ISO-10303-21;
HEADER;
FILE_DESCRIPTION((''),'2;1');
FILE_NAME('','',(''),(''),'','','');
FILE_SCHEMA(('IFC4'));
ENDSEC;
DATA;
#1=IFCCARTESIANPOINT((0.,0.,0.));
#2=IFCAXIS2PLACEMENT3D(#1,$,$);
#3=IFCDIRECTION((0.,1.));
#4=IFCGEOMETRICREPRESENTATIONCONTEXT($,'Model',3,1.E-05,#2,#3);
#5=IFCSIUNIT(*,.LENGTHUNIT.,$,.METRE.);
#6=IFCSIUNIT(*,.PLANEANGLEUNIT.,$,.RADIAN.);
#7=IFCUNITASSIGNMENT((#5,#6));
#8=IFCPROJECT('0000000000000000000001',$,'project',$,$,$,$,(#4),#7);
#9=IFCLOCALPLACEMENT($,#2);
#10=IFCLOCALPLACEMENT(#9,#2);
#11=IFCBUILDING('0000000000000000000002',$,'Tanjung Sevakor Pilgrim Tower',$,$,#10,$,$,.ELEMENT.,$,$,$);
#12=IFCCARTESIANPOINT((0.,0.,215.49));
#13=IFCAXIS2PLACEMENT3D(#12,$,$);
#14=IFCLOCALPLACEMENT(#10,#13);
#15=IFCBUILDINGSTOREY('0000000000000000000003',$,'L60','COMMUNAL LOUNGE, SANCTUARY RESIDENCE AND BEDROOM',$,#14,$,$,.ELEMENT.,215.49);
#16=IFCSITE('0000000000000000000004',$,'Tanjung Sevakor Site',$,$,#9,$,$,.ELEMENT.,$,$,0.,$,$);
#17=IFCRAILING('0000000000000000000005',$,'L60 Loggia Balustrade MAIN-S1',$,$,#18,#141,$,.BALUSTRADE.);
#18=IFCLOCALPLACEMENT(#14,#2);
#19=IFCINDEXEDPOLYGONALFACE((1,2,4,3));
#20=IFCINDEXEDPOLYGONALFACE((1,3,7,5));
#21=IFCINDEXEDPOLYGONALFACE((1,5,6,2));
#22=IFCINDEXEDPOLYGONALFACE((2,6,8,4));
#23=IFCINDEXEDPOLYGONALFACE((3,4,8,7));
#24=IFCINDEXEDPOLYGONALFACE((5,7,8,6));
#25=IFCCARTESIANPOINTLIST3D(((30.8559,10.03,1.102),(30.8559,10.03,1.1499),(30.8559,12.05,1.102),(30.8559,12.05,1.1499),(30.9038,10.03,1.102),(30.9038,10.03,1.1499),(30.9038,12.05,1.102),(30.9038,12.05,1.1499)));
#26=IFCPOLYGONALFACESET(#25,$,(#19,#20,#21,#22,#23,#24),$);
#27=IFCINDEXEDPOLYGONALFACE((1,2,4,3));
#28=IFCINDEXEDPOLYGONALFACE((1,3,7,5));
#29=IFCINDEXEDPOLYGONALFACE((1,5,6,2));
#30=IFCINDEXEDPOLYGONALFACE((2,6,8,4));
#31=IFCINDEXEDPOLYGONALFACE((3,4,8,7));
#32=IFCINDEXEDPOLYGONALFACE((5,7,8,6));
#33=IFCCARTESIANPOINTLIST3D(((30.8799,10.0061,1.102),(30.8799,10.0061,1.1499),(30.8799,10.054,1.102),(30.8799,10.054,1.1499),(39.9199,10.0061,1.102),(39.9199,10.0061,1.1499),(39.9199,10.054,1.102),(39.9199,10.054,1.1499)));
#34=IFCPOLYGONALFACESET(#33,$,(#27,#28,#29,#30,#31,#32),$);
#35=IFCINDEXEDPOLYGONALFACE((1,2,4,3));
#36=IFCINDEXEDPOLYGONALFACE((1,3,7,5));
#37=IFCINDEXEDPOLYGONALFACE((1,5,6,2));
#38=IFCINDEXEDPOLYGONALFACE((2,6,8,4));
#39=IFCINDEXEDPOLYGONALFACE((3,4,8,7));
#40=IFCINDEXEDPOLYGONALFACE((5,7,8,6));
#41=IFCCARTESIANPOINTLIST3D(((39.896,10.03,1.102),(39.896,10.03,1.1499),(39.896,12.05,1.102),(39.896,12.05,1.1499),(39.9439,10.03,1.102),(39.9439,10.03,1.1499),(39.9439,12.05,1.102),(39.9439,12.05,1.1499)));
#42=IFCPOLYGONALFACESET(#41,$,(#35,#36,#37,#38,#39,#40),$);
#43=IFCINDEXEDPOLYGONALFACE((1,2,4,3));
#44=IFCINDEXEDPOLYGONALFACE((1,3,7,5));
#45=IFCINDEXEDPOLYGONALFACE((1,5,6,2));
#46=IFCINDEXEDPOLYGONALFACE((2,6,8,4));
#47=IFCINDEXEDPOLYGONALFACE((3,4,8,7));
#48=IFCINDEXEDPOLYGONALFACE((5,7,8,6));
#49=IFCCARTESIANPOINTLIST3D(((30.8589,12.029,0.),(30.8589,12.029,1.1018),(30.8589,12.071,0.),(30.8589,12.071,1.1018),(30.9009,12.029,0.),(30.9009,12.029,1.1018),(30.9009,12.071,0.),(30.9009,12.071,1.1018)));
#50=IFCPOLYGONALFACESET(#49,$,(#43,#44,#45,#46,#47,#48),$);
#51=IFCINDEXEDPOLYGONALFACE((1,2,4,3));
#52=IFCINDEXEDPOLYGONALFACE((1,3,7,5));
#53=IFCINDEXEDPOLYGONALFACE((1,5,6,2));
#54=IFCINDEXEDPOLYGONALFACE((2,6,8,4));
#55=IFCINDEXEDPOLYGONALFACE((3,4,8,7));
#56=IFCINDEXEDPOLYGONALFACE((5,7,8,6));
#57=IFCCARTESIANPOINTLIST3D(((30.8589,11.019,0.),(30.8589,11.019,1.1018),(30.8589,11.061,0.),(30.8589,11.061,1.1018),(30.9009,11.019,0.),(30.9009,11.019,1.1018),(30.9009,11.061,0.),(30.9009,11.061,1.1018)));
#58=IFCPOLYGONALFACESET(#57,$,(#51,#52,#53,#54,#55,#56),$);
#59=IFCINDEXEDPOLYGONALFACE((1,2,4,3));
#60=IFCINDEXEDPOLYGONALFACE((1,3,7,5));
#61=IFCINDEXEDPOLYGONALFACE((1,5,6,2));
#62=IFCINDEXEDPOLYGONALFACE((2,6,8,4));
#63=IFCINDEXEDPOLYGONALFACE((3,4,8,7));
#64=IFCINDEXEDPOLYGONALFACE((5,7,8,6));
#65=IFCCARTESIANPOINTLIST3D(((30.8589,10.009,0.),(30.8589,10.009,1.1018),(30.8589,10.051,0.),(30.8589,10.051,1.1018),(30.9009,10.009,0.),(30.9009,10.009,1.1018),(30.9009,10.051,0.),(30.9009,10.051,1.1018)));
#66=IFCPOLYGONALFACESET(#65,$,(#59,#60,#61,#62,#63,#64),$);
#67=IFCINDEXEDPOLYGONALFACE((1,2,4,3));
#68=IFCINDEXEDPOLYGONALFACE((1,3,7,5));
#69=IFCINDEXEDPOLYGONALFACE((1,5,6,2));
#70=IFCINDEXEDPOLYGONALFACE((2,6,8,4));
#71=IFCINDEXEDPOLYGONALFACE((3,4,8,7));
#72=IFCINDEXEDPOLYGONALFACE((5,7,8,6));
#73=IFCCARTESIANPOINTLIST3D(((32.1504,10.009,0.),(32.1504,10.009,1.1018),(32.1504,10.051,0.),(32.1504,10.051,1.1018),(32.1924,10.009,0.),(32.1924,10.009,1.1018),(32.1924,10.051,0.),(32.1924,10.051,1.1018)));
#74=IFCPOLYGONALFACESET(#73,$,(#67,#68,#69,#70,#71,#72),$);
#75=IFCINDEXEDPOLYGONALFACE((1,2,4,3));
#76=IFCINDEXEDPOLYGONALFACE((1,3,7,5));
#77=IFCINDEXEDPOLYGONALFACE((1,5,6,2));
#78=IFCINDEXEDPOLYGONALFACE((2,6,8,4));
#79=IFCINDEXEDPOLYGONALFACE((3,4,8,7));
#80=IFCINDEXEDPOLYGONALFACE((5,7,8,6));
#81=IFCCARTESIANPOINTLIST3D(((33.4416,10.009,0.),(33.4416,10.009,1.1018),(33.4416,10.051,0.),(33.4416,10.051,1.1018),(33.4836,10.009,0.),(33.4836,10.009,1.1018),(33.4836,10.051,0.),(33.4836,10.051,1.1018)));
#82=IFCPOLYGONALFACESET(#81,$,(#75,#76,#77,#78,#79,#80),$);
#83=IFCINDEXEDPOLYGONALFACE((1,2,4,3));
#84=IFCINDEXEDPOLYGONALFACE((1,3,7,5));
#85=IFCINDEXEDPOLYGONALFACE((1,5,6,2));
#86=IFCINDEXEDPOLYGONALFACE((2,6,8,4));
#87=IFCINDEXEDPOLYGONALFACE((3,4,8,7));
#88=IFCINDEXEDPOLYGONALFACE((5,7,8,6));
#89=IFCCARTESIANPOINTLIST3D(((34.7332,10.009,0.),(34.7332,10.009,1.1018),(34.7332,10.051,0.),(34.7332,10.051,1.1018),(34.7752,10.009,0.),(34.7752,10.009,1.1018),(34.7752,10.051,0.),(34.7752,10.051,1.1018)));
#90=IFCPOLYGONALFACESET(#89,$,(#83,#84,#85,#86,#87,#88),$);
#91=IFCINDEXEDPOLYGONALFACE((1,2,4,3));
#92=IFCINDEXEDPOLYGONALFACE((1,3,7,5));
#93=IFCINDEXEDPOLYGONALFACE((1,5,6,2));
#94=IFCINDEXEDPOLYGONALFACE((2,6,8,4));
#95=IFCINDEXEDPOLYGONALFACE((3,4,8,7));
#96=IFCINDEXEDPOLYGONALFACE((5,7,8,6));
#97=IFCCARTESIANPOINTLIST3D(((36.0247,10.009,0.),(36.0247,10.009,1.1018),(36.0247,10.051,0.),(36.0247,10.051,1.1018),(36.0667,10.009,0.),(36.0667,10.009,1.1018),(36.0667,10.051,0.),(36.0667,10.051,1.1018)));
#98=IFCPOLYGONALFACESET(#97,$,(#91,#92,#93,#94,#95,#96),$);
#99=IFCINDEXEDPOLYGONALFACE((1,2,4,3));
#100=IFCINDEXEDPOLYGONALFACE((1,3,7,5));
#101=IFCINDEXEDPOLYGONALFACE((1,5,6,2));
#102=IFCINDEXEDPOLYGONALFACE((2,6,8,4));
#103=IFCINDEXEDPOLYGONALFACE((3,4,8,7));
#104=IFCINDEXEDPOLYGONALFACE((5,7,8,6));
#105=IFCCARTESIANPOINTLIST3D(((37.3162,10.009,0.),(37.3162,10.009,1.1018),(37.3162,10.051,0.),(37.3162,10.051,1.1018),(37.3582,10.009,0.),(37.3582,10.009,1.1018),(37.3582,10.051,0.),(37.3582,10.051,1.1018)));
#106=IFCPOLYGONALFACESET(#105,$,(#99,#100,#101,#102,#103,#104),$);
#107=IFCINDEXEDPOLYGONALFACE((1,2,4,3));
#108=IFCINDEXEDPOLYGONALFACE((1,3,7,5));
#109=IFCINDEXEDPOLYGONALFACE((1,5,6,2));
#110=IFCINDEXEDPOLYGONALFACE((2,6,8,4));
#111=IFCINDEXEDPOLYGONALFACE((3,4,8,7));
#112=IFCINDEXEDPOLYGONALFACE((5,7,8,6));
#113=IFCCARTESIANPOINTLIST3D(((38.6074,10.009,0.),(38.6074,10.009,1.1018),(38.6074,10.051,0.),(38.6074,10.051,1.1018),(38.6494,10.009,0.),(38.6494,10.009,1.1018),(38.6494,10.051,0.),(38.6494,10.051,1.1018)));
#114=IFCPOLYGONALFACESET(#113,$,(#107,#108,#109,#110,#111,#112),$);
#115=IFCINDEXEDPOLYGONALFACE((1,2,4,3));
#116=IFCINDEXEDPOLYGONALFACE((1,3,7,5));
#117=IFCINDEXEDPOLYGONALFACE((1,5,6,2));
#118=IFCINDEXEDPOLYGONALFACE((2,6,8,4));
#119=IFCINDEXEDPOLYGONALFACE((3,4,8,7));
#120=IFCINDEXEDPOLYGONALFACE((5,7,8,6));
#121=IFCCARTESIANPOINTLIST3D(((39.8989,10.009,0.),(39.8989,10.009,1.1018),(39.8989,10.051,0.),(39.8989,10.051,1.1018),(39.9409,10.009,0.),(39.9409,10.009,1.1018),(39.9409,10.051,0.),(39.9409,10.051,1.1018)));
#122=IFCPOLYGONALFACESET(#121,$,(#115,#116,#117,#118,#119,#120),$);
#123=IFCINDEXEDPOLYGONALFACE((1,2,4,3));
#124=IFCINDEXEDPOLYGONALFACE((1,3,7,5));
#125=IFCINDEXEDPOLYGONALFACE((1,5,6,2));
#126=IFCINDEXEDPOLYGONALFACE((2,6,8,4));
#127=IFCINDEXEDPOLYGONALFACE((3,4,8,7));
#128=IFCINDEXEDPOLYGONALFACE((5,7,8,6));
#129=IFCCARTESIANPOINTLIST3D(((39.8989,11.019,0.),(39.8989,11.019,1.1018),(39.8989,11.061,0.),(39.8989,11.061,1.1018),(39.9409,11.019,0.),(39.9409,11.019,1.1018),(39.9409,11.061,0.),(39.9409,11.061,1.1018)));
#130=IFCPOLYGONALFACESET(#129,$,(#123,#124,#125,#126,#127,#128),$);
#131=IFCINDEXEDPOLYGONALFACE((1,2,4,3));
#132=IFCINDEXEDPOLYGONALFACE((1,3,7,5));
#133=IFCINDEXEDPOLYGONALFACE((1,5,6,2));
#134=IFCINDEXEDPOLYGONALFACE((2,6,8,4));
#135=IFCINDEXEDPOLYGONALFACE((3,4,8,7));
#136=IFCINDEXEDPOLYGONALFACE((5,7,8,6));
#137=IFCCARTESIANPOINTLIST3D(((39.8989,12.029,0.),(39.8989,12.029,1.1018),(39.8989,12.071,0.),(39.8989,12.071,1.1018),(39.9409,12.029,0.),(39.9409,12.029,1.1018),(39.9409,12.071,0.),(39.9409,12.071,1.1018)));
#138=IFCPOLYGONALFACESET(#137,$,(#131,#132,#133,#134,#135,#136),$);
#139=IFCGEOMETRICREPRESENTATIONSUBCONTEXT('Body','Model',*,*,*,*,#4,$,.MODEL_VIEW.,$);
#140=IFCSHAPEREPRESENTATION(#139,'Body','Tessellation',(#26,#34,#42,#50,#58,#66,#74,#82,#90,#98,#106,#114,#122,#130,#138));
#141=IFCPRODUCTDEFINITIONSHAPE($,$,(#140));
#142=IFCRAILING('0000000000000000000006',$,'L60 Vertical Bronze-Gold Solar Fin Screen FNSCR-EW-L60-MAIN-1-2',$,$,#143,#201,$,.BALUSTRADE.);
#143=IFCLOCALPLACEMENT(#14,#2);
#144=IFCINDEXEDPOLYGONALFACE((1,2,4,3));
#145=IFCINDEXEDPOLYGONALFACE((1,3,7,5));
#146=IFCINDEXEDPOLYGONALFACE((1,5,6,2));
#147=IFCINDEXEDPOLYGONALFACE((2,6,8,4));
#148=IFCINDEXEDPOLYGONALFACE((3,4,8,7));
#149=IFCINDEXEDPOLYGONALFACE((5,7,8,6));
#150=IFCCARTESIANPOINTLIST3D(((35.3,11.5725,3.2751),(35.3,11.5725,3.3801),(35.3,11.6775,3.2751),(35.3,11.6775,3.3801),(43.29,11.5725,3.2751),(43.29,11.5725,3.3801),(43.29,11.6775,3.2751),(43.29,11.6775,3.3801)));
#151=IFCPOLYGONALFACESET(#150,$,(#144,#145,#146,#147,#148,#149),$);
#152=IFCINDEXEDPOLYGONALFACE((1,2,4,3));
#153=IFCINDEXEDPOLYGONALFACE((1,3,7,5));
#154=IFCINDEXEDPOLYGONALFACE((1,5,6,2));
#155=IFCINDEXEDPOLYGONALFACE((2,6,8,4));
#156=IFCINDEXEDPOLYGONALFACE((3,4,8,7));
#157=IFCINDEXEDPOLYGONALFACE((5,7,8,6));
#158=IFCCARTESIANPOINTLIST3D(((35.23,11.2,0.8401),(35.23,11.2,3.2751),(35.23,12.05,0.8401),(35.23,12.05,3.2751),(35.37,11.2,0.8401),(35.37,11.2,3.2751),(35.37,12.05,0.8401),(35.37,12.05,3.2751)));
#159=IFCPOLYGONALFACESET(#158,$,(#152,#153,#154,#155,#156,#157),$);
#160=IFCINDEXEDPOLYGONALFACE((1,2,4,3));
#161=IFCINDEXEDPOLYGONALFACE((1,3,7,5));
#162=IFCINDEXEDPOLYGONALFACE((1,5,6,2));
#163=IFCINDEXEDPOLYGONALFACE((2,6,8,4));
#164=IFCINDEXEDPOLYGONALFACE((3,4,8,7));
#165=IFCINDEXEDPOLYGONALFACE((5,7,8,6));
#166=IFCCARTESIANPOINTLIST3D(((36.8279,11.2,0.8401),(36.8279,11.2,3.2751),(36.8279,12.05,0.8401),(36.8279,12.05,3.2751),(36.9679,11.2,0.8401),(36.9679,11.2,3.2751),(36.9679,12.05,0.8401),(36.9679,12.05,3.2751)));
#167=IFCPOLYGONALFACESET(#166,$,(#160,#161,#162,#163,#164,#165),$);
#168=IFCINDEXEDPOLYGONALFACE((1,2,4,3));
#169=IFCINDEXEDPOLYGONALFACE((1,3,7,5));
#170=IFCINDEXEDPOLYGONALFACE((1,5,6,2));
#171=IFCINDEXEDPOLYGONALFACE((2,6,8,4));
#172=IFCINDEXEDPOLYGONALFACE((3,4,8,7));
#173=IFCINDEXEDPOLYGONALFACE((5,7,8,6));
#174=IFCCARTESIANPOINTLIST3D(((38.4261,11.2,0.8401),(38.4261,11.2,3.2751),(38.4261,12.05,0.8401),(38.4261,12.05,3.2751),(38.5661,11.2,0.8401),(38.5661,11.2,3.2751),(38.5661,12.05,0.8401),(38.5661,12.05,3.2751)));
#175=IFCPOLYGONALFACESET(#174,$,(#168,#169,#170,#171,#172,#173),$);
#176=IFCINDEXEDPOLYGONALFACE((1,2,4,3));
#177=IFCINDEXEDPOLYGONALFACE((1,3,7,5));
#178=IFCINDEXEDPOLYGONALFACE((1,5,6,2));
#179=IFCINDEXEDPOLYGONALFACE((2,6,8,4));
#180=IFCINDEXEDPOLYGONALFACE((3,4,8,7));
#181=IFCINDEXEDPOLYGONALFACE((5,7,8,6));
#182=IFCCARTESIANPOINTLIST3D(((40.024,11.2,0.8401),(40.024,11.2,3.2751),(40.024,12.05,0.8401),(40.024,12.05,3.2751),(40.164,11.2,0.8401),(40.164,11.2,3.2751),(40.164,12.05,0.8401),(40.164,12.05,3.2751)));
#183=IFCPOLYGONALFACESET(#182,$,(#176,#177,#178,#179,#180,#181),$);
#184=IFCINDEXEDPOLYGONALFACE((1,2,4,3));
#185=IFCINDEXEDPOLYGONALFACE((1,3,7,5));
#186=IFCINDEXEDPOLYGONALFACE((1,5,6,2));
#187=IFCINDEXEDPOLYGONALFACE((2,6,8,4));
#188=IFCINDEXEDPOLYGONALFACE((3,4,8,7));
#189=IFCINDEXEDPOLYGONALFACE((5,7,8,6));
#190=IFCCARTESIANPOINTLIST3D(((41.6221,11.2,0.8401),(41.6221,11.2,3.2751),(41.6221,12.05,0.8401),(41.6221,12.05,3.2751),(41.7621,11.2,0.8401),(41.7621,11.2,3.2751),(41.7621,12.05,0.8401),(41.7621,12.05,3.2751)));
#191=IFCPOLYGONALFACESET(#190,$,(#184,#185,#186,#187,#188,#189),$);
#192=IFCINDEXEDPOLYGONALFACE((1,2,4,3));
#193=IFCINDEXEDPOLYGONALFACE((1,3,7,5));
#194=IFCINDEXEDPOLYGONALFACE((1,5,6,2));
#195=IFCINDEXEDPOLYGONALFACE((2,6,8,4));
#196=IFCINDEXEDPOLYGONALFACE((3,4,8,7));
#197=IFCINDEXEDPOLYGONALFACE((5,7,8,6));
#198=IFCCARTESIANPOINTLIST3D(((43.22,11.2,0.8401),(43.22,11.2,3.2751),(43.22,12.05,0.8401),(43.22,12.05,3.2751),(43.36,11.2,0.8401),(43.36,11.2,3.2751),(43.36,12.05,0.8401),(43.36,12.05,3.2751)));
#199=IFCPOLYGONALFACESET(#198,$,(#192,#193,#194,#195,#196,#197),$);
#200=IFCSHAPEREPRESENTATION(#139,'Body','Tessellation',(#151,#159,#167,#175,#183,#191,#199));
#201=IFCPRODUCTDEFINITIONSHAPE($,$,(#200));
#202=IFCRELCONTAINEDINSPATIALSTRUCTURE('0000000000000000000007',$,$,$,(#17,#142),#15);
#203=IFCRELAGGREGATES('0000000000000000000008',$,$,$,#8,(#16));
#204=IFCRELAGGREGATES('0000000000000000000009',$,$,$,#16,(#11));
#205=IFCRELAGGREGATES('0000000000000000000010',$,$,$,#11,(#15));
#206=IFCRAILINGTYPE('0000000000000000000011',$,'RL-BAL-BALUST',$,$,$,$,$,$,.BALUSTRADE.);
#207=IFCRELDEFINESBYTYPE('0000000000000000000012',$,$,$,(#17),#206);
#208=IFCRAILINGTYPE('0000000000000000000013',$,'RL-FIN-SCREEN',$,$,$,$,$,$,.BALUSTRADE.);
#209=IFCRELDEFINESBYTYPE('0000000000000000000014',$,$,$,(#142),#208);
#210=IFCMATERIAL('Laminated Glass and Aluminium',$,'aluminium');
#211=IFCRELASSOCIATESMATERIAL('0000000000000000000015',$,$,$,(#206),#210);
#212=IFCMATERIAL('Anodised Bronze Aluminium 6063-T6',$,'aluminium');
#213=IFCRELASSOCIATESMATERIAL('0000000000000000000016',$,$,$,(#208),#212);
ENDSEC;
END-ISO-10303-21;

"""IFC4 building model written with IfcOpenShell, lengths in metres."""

from ifc_helpers import new_model, si_unit, direction, frame, origin, place, context, subcontext, project, spatial, rectangle, extrude, material, type_object, element, save


model = new_model("IFC4")

# Units and contexts
model_context = context("Model", 3, precision=1e-05, world=origin(), true_north=direction((0.0, 1.0)))
body_context = subcontext(model_context, "Body", "Model", "MODEL_VIEW")
ifc_project = project(units=[si_unit("LENGTHUNIT", "METRE"), si_unit("PLANEANGLEUNIT", "RADIAN")], contexts=[model_context])

# Site, building, storey
site_placement = place(None, origin())
site = spatial("IfcSite", under=ifc_project, at=site_placement, Name="Tanjung Sevakor Site", CompositionType="ELEMENT", RefElevation=0.0)
building_placement = place(site_placement, origin())
building = spatial("IfcBuilding", under=site, at=building_placement, Name="Tanjung Sevakor Pilgrim Tower", CompositionType="ELEMENT")
storey_placement = place(building_placement, frame((0.0, 0.0, 215.49)))
storey = spatial("IfcBuildingStorey", under=building, at=storey_placement, Name="L60", Description="COMMUNAL LOUNGE, SANCTUARY RESIDENCE AND BEDROOM", CompositionType="ELEMENT", Elevation=215.49)

# Railings
ifc_material_1 = material(Name="Laminated Glass and Aluminium", Category="aluminium")
railing_type_1 = type_object("IfcRailingType", Name="RL-BAL-BALUST", PredefinedType="BALUSTRADE", material=ifc_material_1)
railing_1_placement = place(storey_placement, frame((30.8799, 12.05, 0.0)))
element("IfcRailing", 1, at=railing_1_placement, inside=storey, type_object=railing_type_1, Name="L60 Loggia Balustrade MAIN-S1", PredefinedType="BALUSTRADE", context=body_context, shape_type="SweptSolid", body=[
    extrude(rectangle(XDim=0.0479, YDim=0.0479), frame((0.0, 0.0, 1.126), z_axis=(0.0, -1.0, 0.0), x_axis=(1.0, 0.0, 0.0)), (0.0, 0.0, 1.0), 2.02),
    extrude(rectangle(XDim=0.0479, YDim=0.0479), frame((0.0, -2.02, 1.126), z_axis=(1.0, 0.0, 0.0), x_axis=(0.0, 1.0, 0.0)), (0.0, 0.0, 1.0), 9.04),
    extrude(rectangle(XDim=0.0479, YDim=0.0479), frame((9.04, -2.02, 1.126), z_axis=(0.0, 1.0, 0.0), x_axis=(-1.0, 0.0, 0.0)), (0.0, 0.0, 1.0), 2.02),
    extrude(rectangle(XDim=0.042, YDim=0.042), origin(), (0.0, 0.0, 1.0), 1.1018),
    extrude(rectangle(XDim=0.042, YDim=0.042), frame((0.0, -1.01, 0.0)), (0.0, 0.0, 1.0), 1.1018),
    extrude(rectangle(XDim=0.042, YDim=0.042), frame((0.0, -2.02, 0.0)), (0.0, 0.0, 1.0), 1.1018),
    extrude(rectangle(XDim=0.042, YDim=0.042), frame((1.2915, -2.02, 0.0)), (0.0, 0.0, 1.0), 1.1018),
    extrude(rectangle(XDim=0.042, YDim=0.042), frame((2.5828, -2.02, 0.0)), (0.0, 0.0, 1.0), 1.1018),
    extrude(rectangle(XDim=0.042, YDim=0.042), frame((3.8743, -2.02, 0.0)), (0.0, 0.0, 1.0), 1.1018),
    extrude(rectangle(XDim=0.042, YDim=0.042), frame((5.1658, -2.02, 0.0)), (0.0, 0.0, 1.0), 1.1018),
    extrude(rectangle(XDim=0.042, YDim=0.042), frame((6.4573, -2.02, 0.0)), (0.0, 0.0, 1.0), 1.1018),
    extrude(rectangle(XDim=0.042, YDim=0.042), frame((7.7485, -2.02, 0.0)), (0.0, 0.0, 1.0), 1.1018),
    extrude(rectangle(XDim=0.042, YDim=0.042), frame((9.04, -2.02, 0.0)), (0.0, 0.0, 1.0), 1.1018),
    extrude(rectangle(XDim=0.042, YDim=0.042), frame((9.04, -1.01, 0.0)), (0.0, 0.0, 1.0), 1.1018),
    extrude(rectangle(XDim=0.042, YDim=0.042), frame((9.04, 0.0, 0.0)), (0.0, 0.0, 1.0), 1.1018),
])
ifc_material_2 = material(Name="Anodised Bronze Aluminium 6063-T6", Category="aluminium")
railing_type_2 = type_object("IfcRailingType", Name="RL-FIN-SCREEN", PredefinedType="BALUSTRADE", material=ifc_material_2)
railing_2_placement = place(storey_placement, frame((35.3, 11.625, 0.8401)))
element("IfcRailing", 2, at=railing_2_placement, inside=storey, type_object=railing_type_2, Name="L60 Vertical Bronze-Gold Solar Fin Screen FNSCR-EW-L60-MAIN-1-2", PredefinedType="BALUSTRADE", context=body_context, shape_type="SweptSolid", body=[
    extrude(rectangle(XDim=0.105, YDim=0.105), frame((0.0, 0.0, 2.4875), z_axis=(1.0, 0.0, 0.0), x_axis=(0.0, 1.0, 0.0)), (0.0, 0.0, 1.0), 7.99),
    extrude(rectangle(XDim=0.14, YDim=0.85), origin(), (0.0, 0.0, 1.0), 2.4351),
    extrude(rectangle(XDim=0.14, YDim=0.85), frame((1.5979, 0.0, 0.0)), (0.0, 0.0, 1.0), 2.4351),
    extrude(rectangle(XDim=0.14, YDim=0.85), frame((3.196, 0.0, 0.0)), (0.0, 0.0, 1.0), 2.4351),
    extrude(rectangle(XDim=0.14, YDim=0.85), frame((4.7939, 0.0, 0.0)), (0.0, 0.0, 1.0), 2.4351),
    extrude(rectangle(XDim=0.14, YDim=0.85), frame((6.3921, 0.0, 0.0)), (0.0, 0.0, 1.0), 2.4351),
    extrude(rectangle(XDim=0.14, YDim=0.85), frame((7.99, 0.0, 0.0)), (0.0, 0.0, 1.0), 2.4351),
])

save(model, "model.ifc")
